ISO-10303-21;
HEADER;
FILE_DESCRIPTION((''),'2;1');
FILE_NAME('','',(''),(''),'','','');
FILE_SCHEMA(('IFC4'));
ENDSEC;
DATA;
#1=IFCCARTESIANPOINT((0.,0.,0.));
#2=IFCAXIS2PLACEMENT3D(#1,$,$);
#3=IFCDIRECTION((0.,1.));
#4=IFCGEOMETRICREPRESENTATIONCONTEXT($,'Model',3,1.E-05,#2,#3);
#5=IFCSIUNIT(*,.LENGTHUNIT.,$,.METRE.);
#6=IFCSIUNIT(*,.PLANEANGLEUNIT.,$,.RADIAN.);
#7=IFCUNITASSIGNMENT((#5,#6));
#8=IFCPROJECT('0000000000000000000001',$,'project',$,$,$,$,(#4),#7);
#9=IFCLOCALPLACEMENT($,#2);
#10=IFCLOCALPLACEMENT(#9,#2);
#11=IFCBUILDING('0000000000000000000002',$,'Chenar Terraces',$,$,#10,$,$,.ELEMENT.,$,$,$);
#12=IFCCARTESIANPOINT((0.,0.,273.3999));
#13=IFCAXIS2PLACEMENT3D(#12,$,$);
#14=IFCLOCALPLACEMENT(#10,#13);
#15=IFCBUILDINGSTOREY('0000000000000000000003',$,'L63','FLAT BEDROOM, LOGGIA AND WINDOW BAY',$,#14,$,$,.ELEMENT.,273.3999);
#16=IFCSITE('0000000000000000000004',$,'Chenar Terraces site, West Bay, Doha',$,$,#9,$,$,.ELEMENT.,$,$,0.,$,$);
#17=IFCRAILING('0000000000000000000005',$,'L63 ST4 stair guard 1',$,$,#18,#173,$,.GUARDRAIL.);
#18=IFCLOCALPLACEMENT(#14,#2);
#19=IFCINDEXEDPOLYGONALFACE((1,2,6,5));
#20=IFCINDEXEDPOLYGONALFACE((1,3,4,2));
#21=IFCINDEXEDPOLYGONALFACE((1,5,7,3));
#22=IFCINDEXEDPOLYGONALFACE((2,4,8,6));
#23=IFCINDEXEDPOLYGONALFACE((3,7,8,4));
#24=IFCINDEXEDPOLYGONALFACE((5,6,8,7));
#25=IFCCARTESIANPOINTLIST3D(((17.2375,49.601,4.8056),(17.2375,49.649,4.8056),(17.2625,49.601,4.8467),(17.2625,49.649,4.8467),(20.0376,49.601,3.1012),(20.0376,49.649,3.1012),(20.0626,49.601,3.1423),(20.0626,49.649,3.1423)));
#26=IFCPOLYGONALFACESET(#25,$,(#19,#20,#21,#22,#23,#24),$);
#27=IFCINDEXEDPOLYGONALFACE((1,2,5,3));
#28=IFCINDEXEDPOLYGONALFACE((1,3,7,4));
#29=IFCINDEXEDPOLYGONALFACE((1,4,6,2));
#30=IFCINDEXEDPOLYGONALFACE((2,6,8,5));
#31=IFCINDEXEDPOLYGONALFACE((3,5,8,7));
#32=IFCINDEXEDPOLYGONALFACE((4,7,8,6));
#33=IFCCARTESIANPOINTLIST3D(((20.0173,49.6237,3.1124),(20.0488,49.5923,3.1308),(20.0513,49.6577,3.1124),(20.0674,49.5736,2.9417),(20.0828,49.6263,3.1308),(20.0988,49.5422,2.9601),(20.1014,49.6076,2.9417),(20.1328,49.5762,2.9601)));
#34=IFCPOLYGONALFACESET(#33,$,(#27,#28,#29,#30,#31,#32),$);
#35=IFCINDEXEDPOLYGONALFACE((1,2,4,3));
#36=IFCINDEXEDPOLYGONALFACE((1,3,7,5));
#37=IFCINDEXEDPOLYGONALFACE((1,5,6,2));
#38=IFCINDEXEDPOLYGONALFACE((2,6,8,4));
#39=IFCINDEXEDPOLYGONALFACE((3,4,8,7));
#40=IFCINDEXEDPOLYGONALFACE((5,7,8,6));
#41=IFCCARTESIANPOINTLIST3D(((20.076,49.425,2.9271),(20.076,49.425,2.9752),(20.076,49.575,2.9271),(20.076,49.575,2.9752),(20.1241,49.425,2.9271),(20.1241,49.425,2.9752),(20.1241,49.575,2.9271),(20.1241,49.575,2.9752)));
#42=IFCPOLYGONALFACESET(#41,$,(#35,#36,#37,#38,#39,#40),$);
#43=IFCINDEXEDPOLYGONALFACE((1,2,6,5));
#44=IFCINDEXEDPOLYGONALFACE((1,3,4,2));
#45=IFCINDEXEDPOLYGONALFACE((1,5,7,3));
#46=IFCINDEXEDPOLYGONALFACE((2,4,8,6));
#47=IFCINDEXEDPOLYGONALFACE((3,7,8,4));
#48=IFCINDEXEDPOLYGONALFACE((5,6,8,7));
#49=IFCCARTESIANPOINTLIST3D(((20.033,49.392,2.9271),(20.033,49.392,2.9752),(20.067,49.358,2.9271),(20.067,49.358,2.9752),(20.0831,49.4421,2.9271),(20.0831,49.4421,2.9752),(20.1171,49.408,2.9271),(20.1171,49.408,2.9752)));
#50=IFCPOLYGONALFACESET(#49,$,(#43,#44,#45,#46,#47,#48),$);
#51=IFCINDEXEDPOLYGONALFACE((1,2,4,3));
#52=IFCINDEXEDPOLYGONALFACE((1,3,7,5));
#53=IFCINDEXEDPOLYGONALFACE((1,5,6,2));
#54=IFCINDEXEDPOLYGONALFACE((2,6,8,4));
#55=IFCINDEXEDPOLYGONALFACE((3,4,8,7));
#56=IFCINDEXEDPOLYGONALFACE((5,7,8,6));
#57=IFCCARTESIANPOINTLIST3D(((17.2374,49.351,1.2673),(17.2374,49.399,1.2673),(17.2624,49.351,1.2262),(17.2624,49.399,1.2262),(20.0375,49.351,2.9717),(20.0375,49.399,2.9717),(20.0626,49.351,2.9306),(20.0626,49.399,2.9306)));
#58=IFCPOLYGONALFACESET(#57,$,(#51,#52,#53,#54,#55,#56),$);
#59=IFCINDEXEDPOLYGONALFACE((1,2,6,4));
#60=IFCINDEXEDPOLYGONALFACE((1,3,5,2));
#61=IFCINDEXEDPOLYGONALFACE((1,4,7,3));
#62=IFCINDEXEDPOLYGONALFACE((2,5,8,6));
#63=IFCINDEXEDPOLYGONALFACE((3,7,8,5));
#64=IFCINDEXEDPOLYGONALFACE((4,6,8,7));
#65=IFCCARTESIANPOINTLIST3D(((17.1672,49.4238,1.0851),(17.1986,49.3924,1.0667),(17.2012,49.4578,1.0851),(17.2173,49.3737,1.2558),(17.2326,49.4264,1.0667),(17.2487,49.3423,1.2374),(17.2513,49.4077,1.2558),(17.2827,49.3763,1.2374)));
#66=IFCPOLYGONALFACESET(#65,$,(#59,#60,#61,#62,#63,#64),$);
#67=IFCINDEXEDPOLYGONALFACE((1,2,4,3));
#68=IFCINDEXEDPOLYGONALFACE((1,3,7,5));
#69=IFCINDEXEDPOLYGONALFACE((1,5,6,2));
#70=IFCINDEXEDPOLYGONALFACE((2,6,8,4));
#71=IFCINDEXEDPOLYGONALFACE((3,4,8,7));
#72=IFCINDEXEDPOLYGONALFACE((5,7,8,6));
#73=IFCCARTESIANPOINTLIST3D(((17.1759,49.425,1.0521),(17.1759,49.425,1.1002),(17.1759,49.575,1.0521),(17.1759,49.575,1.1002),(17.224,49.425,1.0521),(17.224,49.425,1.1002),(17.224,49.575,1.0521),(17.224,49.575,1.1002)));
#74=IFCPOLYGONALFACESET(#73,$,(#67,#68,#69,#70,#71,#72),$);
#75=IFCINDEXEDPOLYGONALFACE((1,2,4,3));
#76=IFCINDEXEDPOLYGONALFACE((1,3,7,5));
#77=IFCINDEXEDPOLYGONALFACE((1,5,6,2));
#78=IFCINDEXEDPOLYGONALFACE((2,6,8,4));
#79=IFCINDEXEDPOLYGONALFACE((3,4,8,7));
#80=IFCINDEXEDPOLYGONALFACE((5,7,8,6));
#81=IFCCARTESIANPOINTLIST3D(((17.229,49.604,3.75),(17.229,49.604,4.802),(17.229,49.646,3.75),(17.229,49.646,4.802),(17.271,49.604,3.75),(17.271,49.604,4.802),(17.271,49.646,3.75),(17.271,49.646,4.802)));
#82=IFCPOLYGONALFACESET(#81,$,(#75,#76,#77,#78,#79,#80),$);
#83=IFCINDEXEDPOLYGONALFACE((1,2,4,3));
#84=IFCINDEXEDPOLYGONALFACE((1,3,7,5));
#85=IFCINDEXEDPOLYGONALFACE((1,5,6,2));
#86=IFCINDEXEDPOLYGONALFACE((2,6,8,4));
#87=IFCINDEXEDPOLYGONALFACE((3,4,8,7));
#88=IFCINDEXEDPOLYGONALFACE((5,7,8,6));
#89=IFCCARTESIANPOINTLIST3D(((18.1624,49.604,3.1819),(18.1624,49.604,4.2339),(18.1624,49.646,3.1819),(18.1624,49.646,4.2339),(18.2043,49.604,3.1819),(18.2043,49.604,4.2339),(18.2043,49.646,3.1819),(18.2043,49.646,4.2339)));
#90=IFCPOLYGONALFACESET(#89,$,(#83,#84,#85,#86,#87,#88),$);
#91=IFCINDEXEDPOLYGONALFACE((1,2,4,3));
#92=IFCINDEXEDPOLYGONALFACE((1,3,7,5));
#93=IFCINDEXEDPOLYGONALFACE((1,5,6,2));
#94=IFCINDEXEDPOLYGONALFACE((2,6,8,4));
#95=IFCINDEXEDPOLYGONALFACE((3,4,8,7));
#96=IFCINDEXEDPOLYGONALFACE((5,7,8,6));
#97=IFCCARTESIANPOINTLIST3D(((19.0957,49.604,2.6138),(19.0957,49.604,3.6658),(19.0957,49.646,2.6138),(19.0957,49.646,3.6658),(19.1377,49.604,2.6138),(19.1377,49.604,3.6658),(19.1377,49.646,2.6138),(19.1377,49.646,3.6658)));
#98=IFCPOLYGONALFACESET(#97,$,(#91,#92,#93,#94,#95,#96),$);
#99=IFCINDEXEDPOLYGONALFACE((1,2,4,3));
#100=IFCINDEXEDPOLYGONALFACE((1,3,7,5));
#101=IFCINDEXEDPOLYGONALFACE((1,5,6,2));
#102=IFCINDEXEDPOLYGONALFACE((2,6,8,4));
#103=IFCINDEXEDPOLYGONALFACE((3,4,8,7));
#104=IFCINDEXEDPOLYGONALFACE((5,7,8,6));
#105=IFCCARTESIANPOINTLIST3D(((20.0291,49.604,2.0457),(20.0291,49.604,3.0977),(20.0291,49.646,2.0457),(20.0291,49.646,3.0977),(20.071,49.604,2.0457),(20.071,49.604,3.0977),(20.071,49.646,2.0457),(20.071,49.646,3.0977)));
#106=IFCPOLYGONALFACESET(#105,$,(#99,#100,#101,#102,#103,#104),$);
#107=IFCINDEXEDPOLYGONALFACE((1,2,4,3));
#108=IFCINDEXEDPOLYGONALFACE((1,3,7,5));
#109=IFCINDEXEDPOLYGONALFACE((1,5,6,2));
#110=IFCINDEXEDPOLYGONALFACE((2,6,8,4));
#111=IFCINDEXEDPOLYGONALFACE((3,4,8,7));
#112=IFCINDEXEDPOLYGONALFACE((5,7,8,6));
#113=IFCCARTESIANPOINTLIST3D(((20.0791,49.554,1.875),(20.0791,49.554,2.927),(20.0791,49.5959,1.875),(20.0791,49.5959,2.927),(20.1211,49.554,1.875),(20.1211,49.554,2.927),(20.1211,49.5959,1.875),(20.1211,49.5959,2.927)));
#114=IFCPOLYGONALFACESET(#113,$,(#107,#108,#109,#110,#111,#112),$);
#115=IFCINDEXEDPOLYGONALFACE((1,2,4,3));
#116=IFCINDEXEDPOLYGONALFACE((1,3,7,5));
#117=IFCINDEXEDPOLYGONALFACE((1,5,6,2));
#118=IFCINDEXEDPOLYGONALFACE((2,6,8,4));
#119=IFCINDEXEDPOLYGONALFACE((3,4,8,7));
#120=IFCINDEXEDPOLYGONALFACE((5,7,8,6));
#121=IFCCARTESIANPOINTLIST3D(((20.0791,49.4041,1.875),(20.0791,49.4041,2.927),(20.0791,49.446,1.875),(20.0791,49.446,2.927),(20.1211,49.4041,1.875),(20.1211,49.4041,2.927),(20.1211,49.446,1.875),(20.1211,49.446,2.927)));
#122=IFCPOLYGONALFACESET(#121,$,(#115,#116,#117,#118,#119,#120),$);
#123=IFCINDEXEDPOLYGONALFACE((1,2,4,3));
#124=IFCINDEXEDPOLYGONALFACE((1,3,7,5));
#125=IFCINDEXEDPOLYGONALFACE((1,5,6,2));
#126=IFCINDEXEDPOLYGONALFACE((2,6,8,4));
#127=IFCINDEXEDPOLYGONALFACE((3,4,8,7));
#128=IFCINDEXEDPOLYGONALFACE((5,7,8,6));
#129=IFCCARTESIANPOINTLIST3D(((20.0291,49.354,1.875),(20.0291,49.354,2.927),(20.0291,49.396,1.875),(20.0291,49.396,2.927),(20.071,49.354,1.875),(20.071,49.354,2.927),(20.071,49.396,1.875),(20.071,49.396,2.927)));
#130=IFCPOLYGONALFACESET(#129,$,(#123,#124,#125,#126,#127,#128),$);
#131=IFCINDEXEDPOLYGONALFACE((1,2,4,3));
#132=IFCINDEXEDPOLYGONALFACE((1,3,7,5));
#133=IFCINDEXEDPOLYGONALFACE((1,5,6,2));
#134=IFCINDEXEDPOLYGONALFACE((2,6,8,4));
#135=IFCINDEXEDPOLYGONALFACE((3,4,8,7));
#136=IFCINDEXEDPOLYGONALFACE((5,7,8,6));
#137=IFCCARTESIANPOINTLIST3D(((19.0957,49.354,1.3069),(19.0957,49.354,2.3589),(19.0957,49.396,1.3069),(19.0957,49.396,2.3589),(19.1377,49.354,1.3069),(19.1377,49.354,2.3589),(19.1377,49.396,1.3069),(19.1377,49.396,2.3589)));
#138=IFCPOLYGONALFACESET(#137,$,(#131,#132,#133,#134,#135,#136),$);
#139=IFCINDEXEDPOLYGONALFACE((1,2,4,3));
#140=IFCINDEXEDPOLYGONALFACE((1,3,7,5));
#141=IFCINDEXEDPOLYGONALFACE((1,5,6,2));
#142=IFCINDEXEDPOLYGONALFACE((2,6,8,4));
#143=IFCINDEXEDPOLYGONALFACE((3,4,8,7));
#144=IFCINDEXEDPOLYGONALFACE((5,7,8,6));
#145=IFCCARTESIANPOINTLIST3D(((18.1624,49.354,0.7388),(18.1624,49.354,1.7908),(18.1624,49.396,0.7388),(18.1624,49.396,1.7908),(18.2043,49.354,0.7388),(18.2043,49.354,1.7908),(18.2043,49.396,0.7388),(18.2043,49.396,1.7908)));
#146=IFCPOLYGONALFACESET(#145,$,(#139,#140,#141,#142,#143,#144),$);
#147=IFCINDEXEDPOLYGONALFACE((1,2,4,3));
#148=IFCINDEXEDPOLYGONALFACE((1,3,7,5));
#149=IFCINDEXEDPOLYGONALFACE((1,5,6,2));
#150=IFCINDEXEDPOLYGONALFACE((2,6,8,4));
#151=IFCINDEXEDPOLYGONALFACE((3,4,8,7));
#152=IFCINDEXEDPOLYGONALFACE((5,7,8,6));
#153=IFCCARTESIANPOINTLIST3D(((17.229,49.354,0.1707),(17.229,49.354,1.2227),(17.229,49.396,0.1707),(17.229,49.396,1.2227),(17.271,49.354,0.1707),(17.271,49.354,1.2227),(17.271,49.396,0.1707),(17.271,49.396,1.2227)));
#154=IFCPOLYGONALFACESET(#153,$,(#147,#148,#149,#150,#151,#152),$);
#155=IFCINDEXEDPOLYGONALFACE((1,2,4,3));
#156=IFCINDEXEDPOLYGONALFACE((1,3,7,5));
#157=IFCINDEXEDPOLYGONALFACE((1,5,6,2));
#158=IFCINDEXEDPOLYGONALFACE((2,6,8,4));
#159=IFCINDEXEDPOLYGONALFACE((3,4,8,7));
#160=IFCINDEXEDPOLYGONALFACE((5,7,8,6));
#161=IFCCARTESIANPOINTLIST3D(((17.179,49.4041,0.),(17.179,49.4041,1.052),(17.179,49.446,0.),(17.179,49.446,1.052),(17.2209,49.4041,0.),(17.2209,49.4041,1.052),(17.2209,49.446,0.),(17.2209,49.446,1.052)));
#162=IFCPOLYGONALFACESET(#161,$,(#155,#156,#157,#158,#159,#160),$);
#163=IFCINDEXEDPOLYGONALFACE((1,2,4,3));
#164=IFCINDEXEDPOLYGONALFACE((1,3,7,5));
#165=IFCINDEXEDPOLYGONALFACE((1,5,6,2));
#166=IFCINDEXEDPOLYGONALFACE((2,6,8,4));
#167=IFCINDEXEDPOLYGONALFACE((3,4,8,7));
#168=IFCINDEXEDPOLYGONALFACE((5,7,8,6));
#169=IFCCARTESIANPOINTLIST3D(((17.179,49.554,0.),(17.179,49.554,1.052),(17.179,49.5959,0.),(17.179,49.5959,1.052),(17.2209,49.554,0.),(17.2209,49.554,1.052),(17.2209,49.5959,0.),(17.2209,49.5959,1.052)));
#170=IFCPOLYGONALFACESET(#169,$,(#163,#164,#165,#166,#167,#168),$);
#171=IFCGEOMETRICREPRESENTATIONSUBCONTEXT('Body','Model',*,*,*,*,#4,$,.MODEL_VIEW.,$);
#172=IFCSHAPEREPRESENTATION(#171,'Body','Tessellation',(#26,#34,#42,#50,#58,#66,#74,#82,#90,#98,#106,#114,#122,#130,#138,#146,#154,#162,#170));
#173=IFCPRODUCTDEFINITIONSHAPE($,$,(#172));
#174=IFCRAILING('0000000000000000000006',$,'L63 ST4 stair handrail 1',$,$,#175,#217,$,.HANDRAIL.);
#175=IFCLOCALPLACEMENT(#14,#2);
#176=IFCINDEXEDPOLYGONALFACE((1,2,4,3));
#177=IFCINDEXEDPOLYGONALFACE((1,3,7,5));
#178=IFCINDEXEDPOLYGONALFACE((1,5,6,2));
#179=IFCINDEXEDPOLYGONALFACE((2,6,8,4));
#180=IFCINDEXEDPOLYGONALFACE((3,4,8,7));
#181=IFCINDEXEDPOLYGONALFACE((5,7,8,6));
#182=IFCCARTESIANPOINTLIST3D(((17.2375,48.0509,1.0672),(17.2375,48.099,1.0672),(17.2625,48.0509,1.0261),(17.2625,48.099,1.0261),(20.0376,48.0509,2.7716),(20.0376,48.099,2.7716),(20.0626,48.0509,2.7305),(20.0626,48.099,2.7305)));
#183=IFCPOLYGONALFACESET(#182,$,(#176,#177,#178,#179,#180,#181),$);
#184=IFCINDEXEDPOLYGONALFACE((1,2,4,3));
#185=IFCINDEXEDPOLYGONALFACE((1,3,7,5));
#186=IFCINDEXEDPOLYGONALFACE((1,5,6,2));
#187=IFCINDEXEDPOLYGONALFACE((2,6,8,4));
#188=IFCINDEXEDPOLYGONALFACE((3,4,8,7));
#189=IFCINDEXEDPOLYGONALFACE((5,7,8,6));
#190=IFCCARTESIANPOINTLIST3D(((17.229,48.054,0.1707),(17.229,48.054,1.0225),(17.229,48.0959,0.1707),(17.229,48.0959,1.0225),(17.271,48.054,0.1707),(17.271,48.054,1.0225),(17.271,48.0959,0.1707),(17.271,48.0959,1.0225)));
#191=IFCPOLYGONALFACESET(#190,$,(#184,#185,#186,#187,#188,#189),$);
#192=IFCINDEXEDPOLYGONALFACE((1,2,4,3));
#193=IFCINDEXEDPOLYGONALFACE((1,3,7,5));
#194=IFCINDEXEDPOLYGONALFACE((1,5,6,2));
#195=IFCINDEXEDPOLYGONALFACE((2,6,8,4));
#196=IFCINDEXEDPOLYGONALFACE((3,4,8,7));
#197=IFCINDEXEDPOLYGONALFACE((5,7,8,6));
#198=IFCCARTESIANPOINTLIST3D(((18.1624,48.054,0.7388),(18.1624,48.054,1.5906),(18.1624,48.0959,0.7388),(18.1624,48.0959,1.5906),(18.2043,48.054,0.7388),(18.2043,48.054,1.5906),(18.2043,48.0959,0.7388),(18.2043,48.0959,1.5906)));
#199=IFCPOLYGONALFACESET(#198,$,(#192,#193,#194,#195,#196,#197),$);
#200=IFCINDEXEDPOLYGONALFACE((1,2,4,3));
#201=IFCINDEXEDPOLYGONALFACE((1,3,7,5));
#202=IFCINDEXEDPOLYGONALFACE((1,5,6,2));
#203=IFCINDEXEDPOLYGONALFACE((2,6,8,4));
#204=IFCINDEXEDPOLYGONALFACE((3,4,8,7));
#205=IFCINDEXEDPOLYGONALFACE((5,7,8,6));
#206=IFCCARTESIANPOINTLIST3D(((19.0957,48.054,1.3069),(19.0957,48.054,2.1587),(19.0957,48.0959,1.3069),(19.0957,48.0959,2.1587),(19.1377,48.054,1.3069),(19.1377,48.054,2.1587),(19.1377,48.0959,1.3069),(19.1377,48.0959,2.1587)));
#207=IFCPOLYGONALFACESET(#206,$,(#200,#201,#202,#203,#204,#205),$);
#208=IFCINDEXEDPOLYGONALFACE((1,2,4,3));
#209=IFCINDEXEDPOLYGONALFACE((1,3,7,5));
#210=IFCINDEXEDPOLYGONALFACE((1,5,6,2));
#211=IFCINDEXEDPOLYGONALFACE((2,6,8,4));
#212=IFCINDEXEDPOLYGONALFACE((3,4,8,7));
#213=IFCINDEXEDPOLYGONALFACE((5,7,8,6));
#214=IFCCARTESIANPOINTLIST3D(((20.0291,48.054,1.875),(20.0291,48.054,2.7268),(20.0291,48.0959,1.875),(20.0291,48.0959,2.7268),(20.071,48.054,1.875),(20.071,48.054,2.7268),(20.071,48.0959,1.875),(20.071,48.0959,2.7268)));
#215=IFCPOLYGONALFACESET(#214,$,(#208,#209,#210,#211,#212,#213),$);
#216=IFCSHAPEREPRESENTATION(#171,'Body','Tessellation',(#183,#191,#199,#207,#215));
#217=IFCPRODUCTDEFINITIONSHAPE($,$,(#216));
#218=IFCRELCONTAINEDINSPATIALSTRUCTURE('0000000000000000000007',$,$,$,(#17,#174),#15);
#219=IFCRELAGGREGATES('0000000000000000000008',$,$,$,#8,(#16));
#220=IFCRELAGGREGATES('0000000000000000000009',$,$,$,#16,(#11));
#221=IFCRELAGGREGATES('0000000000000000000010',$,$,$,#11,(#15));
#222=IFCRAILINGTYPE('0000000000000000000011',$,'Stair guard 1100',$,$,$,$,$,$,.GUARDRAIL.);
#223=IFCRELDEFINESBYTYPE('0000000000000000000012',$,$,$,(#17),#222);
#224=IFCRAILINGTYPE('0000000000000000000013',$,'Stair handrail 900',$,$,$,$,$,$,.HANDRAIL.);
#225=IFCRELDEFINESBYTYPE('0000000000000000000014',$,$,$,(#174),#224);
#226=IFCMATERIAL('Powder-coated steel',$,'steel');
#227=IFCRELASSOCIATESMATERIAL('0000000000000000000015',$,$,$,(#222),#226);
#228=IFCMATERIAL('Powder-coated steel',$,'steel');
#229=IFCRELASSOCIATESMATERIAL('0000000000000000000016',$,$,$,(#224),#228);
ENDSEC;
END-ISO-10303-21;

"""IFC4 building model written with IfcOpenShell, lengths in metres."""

from ifc_helpers import new_model, si_unit, direction, frame, origin, origin_2d, place, context, subcontext, project, spatial, rectangle, extrude, material, type_object, element, save


model = new_model("IFC4")

# Units and contexts
model_context = context("Model", 3, precision=1e-05, world=origin(), true_north=direction((0.0, 1.0)))
body_context = subcontext(model_context, "Body", "Model", "MODEL_VIEW")
ifc_project = project(units=[si_unit("LENGTHUNIT", "METRE"), si_unit("PLANEANGLEUNIT", "RADIAN")], contexts=[model_context])

# Site, building, storey
site_placement = place(None, origin())
site = spatial("IfcSite", under=ifc_project, at=site_placement, Name="Chenar Terraces site, West Bay, Doha", CompositionType="ELEMENT", RefElevation=0.0)
building_placement = place(site_placement, origin())
building = spatial("IfcBuilding", under=site, at=building_placement, Name="Chenar Terraces", CompositionType="ELEMENT")
storey_placement = place(building_placement, frame((0.0, 0.0, 273.3999)))
storey = spatial("IfcBuildingStorey", under=building, at=storey_placement, Name="L63", Description="FLAT BEDROOM, LOGGIA AND WINDOW BAY", CompositionType="ELEMENT", Elevation=273.3999)

# Railings
ifc_material_1 = material(Name="Powder-coated steel", Category="steel")
railing_type_1 = type_object("IfcRailingType", Name="Stair guard 1100", PredefinedType="GUARDRAIL", material=ifc_material_1)
railing_1_placement = place(storey_placement, frame((17.25, 49.625, 3.75)))
element("IfcRailing", 1, at=railing_1_placement, inside=storey, type_object=railing_type_1, Name="L63 ST4 stair guard 1", PredefinedType="GUARDRAIL", context=body_context, shape_type="SweptSolid", body=[
    extrude(rectangle(XDim=0.0481, YDim=0.0481, at=origin_2d()), frame((0.0, 0.0, 1.0762), z_axis=(0.854203, 0.0, -0.51994), x_axis=(0.0, 1.0, 0.0)), (0.0, 0.0, 1.0), 3.2781),
    extrude(rectangle(XDim=0.0481, YDim=0.0481, at=origin_2d()), frame((2.8, 0.0, -0.6284), z_axis=(0.2709, -0.2709, -0.923703), x_axis=(0.707107, 0.707107, 0.0)), (0.0, 0.0, 1.0), 0.1848),
    extrude(rectangle(XDim=0.0481, YDim=0.0481, at=origin_2d()), frame((2.8501, -0.05, -0.7988), z_axis=(0.0, -1.0, 0.0), x_axis=(1.0, 0.0, 0.0)), (0.0, 0.0, 1.0), 0.1499),
    extrude(rectangle(XDim=0.0481, YDim=0.0481, at=origin_2d()), frame((2.8501, -0.2, -0.7988), z_axis=(-0.707107, -0.707107, 0.0), x_axis=(0.707107, -0.707107, 0.0)), (0.0, 0.0, 1.0), 0.0708),
    extrude(rectangle(XDim=0.0481, YDim=0.0481, at=origin_2d()), frame((2.8, -0.25, -0.7988), z_axis=(-0.854203, 0.0, -0.51994), x_axis=(0.0, -1.0, 0.0)), (0.0, 0.0, 1.0), 3.2781),
    extrude(rectangle(XDim=0.0481, YDim=0.0481, at=origin_2d()), frame((0.0, -0.25, -2.5034), z_axis=(-0.2709, 0.2709, -0.923703), x_axis=(-0.707107, -0.707107, 0.0)), (0.0, 0.0, 1.0), 0.1848),
    extrude(rectangle(XDim=0.0481, YDim=0.0481, at=origin_2d()), frame((-0.05, -0.2, -2.6738), z_axis=(0.0, 1.0, 0.0), x_axis=(-1.0, 0.0, 0.0)), (0.0, 0.0, 1.0), 0.1499),
    extrude(rectangle(XDim=0.042, YDim=0.042, at=origin_2d()), origin(), (0.0, 0.0, 1.0), 1.052),
    extrude(rectangle(XDim=0.042, YDim=0.042, at=origin_2d()), frame((0.9333, 0.0, -0.5681)), (0.0, 0.0, 1.0), 1.052),
    extrude(rectangle(XDim=0.042, YDim=0.042, at=origin_2d()), frame((1.8667, 0.0, -1.1362)), (0.0, 0.0, 1.0), 1.052),
    extrude(rectangle(XDim=0.042, YDim=0.042, at=origin_2d()), frame((2.8, 0.0, -1.7043)), (0.0, 0.0, 1.0), 1.052),
    extrude(rectangle(XDim=0.042, YDim=0.042, at=origin_2d()), frame((2.8501, -0.05, -1.875)), (0.0, 0.0, 1.0), 1.052),
    extrude(rectangle(XDim=0.042, YDim=0.042, at=origin_2d()), frame((2.8501, -0.2, -1.875)), (0.0, 0.0, 1.0), 1.052),
    extrude(rectangle(XDim=0.042, YDim=0.042, at=origin_2d()), frame((2.8, -0.25, -1.875)), (0.0, 0.0, 1.0), 1.052),
    extrude(rectangle(XDim=0.042, YDim=0.042, at=origin_2d()), frame((1.8667, -0.25, -2.4431)), (0.0, 0.0, 1.0), 1.052),
    extrude(rectangle(XDim=0.042, YDim=0.042, at=origin_2d()), frame((0.9333, -0.25, -3.0112)), (0.0, 0.0, 1.0), 1.052),
    extrude(rectangle(XDim=0.042, YDim=0.042, at=origin_2d()), frame((0.0, -0.25, -3.5793)), (0.0, 0.0, 1.0), 1.052),
    extrude(rectangle(XDim=0.042, YDim=0.042, at=origin_2d()), frame((-0.05, -0.2, -3.75)), (0.0, 0.0, 1.0), 1.052),
    extrude(rectangle(XDim=0.042, YDim=0.042, at=origin_2d()), frame((-0.05, -0.05, -3.75)), (0.0, 0.0, 1.0), 1.052),
])
ifc_material_2 = material(Name="Powder-coated steel", Category="steel")
railing_type_2 = type_object("IfcRailingType", Name="Stair handrail 900", PredefinedType="HANDRAIL", material=ifc_material_2)
railing_2_placement = place(storey_placement, frame((17.25, 48.075, 0.1707)))
element("IfcRailing", 2, at=railing_2_placement, inside=storey, type_object=railing_type_2, Name="L63 ST4 stair handrail 1", PredefinedType="HANDRAIL", context=body_context, shape_type="SweptSolid", body=[
    extrude(rectangle(XDim=0.0481, YDim=0.0481, at=origin_2d()), frame((0.0, 0.0, 0.876), z_axis=(0.854203, 0.0, 0.51994), x_axis=(0.0, 1.0, 0.0)), (0.0, 0.0, 1.0), 3.2781),
    extrude(rectangle(XDim=0.042, YDim=0.042, at=origin_2d()), origin(), (0.0, 0.0, 1.0), 0.8518),
    extrude(rectangle(XDim=0.042, YDim=0.042, at=origin_2d()), frame((0.9333, 0.0, 0.5681)), (0.0, 0.0, 1.0), 0.8518),
    extrude(rectangle(XDim=0.042, YDim=0.042, at=origin_2d()), frame((1.8667, 0.0, 1.1362)), (0.0, 0.0, 1.0), 0.8518),
    extrude(rectangle(XDim=0.042, YDim=0.042, at=origin_2d()), frame((2.8, 0.0, 1.7043)), (0.0, 0.0, 1.0), 0.8518),
])

save(model, "model.ifc")
